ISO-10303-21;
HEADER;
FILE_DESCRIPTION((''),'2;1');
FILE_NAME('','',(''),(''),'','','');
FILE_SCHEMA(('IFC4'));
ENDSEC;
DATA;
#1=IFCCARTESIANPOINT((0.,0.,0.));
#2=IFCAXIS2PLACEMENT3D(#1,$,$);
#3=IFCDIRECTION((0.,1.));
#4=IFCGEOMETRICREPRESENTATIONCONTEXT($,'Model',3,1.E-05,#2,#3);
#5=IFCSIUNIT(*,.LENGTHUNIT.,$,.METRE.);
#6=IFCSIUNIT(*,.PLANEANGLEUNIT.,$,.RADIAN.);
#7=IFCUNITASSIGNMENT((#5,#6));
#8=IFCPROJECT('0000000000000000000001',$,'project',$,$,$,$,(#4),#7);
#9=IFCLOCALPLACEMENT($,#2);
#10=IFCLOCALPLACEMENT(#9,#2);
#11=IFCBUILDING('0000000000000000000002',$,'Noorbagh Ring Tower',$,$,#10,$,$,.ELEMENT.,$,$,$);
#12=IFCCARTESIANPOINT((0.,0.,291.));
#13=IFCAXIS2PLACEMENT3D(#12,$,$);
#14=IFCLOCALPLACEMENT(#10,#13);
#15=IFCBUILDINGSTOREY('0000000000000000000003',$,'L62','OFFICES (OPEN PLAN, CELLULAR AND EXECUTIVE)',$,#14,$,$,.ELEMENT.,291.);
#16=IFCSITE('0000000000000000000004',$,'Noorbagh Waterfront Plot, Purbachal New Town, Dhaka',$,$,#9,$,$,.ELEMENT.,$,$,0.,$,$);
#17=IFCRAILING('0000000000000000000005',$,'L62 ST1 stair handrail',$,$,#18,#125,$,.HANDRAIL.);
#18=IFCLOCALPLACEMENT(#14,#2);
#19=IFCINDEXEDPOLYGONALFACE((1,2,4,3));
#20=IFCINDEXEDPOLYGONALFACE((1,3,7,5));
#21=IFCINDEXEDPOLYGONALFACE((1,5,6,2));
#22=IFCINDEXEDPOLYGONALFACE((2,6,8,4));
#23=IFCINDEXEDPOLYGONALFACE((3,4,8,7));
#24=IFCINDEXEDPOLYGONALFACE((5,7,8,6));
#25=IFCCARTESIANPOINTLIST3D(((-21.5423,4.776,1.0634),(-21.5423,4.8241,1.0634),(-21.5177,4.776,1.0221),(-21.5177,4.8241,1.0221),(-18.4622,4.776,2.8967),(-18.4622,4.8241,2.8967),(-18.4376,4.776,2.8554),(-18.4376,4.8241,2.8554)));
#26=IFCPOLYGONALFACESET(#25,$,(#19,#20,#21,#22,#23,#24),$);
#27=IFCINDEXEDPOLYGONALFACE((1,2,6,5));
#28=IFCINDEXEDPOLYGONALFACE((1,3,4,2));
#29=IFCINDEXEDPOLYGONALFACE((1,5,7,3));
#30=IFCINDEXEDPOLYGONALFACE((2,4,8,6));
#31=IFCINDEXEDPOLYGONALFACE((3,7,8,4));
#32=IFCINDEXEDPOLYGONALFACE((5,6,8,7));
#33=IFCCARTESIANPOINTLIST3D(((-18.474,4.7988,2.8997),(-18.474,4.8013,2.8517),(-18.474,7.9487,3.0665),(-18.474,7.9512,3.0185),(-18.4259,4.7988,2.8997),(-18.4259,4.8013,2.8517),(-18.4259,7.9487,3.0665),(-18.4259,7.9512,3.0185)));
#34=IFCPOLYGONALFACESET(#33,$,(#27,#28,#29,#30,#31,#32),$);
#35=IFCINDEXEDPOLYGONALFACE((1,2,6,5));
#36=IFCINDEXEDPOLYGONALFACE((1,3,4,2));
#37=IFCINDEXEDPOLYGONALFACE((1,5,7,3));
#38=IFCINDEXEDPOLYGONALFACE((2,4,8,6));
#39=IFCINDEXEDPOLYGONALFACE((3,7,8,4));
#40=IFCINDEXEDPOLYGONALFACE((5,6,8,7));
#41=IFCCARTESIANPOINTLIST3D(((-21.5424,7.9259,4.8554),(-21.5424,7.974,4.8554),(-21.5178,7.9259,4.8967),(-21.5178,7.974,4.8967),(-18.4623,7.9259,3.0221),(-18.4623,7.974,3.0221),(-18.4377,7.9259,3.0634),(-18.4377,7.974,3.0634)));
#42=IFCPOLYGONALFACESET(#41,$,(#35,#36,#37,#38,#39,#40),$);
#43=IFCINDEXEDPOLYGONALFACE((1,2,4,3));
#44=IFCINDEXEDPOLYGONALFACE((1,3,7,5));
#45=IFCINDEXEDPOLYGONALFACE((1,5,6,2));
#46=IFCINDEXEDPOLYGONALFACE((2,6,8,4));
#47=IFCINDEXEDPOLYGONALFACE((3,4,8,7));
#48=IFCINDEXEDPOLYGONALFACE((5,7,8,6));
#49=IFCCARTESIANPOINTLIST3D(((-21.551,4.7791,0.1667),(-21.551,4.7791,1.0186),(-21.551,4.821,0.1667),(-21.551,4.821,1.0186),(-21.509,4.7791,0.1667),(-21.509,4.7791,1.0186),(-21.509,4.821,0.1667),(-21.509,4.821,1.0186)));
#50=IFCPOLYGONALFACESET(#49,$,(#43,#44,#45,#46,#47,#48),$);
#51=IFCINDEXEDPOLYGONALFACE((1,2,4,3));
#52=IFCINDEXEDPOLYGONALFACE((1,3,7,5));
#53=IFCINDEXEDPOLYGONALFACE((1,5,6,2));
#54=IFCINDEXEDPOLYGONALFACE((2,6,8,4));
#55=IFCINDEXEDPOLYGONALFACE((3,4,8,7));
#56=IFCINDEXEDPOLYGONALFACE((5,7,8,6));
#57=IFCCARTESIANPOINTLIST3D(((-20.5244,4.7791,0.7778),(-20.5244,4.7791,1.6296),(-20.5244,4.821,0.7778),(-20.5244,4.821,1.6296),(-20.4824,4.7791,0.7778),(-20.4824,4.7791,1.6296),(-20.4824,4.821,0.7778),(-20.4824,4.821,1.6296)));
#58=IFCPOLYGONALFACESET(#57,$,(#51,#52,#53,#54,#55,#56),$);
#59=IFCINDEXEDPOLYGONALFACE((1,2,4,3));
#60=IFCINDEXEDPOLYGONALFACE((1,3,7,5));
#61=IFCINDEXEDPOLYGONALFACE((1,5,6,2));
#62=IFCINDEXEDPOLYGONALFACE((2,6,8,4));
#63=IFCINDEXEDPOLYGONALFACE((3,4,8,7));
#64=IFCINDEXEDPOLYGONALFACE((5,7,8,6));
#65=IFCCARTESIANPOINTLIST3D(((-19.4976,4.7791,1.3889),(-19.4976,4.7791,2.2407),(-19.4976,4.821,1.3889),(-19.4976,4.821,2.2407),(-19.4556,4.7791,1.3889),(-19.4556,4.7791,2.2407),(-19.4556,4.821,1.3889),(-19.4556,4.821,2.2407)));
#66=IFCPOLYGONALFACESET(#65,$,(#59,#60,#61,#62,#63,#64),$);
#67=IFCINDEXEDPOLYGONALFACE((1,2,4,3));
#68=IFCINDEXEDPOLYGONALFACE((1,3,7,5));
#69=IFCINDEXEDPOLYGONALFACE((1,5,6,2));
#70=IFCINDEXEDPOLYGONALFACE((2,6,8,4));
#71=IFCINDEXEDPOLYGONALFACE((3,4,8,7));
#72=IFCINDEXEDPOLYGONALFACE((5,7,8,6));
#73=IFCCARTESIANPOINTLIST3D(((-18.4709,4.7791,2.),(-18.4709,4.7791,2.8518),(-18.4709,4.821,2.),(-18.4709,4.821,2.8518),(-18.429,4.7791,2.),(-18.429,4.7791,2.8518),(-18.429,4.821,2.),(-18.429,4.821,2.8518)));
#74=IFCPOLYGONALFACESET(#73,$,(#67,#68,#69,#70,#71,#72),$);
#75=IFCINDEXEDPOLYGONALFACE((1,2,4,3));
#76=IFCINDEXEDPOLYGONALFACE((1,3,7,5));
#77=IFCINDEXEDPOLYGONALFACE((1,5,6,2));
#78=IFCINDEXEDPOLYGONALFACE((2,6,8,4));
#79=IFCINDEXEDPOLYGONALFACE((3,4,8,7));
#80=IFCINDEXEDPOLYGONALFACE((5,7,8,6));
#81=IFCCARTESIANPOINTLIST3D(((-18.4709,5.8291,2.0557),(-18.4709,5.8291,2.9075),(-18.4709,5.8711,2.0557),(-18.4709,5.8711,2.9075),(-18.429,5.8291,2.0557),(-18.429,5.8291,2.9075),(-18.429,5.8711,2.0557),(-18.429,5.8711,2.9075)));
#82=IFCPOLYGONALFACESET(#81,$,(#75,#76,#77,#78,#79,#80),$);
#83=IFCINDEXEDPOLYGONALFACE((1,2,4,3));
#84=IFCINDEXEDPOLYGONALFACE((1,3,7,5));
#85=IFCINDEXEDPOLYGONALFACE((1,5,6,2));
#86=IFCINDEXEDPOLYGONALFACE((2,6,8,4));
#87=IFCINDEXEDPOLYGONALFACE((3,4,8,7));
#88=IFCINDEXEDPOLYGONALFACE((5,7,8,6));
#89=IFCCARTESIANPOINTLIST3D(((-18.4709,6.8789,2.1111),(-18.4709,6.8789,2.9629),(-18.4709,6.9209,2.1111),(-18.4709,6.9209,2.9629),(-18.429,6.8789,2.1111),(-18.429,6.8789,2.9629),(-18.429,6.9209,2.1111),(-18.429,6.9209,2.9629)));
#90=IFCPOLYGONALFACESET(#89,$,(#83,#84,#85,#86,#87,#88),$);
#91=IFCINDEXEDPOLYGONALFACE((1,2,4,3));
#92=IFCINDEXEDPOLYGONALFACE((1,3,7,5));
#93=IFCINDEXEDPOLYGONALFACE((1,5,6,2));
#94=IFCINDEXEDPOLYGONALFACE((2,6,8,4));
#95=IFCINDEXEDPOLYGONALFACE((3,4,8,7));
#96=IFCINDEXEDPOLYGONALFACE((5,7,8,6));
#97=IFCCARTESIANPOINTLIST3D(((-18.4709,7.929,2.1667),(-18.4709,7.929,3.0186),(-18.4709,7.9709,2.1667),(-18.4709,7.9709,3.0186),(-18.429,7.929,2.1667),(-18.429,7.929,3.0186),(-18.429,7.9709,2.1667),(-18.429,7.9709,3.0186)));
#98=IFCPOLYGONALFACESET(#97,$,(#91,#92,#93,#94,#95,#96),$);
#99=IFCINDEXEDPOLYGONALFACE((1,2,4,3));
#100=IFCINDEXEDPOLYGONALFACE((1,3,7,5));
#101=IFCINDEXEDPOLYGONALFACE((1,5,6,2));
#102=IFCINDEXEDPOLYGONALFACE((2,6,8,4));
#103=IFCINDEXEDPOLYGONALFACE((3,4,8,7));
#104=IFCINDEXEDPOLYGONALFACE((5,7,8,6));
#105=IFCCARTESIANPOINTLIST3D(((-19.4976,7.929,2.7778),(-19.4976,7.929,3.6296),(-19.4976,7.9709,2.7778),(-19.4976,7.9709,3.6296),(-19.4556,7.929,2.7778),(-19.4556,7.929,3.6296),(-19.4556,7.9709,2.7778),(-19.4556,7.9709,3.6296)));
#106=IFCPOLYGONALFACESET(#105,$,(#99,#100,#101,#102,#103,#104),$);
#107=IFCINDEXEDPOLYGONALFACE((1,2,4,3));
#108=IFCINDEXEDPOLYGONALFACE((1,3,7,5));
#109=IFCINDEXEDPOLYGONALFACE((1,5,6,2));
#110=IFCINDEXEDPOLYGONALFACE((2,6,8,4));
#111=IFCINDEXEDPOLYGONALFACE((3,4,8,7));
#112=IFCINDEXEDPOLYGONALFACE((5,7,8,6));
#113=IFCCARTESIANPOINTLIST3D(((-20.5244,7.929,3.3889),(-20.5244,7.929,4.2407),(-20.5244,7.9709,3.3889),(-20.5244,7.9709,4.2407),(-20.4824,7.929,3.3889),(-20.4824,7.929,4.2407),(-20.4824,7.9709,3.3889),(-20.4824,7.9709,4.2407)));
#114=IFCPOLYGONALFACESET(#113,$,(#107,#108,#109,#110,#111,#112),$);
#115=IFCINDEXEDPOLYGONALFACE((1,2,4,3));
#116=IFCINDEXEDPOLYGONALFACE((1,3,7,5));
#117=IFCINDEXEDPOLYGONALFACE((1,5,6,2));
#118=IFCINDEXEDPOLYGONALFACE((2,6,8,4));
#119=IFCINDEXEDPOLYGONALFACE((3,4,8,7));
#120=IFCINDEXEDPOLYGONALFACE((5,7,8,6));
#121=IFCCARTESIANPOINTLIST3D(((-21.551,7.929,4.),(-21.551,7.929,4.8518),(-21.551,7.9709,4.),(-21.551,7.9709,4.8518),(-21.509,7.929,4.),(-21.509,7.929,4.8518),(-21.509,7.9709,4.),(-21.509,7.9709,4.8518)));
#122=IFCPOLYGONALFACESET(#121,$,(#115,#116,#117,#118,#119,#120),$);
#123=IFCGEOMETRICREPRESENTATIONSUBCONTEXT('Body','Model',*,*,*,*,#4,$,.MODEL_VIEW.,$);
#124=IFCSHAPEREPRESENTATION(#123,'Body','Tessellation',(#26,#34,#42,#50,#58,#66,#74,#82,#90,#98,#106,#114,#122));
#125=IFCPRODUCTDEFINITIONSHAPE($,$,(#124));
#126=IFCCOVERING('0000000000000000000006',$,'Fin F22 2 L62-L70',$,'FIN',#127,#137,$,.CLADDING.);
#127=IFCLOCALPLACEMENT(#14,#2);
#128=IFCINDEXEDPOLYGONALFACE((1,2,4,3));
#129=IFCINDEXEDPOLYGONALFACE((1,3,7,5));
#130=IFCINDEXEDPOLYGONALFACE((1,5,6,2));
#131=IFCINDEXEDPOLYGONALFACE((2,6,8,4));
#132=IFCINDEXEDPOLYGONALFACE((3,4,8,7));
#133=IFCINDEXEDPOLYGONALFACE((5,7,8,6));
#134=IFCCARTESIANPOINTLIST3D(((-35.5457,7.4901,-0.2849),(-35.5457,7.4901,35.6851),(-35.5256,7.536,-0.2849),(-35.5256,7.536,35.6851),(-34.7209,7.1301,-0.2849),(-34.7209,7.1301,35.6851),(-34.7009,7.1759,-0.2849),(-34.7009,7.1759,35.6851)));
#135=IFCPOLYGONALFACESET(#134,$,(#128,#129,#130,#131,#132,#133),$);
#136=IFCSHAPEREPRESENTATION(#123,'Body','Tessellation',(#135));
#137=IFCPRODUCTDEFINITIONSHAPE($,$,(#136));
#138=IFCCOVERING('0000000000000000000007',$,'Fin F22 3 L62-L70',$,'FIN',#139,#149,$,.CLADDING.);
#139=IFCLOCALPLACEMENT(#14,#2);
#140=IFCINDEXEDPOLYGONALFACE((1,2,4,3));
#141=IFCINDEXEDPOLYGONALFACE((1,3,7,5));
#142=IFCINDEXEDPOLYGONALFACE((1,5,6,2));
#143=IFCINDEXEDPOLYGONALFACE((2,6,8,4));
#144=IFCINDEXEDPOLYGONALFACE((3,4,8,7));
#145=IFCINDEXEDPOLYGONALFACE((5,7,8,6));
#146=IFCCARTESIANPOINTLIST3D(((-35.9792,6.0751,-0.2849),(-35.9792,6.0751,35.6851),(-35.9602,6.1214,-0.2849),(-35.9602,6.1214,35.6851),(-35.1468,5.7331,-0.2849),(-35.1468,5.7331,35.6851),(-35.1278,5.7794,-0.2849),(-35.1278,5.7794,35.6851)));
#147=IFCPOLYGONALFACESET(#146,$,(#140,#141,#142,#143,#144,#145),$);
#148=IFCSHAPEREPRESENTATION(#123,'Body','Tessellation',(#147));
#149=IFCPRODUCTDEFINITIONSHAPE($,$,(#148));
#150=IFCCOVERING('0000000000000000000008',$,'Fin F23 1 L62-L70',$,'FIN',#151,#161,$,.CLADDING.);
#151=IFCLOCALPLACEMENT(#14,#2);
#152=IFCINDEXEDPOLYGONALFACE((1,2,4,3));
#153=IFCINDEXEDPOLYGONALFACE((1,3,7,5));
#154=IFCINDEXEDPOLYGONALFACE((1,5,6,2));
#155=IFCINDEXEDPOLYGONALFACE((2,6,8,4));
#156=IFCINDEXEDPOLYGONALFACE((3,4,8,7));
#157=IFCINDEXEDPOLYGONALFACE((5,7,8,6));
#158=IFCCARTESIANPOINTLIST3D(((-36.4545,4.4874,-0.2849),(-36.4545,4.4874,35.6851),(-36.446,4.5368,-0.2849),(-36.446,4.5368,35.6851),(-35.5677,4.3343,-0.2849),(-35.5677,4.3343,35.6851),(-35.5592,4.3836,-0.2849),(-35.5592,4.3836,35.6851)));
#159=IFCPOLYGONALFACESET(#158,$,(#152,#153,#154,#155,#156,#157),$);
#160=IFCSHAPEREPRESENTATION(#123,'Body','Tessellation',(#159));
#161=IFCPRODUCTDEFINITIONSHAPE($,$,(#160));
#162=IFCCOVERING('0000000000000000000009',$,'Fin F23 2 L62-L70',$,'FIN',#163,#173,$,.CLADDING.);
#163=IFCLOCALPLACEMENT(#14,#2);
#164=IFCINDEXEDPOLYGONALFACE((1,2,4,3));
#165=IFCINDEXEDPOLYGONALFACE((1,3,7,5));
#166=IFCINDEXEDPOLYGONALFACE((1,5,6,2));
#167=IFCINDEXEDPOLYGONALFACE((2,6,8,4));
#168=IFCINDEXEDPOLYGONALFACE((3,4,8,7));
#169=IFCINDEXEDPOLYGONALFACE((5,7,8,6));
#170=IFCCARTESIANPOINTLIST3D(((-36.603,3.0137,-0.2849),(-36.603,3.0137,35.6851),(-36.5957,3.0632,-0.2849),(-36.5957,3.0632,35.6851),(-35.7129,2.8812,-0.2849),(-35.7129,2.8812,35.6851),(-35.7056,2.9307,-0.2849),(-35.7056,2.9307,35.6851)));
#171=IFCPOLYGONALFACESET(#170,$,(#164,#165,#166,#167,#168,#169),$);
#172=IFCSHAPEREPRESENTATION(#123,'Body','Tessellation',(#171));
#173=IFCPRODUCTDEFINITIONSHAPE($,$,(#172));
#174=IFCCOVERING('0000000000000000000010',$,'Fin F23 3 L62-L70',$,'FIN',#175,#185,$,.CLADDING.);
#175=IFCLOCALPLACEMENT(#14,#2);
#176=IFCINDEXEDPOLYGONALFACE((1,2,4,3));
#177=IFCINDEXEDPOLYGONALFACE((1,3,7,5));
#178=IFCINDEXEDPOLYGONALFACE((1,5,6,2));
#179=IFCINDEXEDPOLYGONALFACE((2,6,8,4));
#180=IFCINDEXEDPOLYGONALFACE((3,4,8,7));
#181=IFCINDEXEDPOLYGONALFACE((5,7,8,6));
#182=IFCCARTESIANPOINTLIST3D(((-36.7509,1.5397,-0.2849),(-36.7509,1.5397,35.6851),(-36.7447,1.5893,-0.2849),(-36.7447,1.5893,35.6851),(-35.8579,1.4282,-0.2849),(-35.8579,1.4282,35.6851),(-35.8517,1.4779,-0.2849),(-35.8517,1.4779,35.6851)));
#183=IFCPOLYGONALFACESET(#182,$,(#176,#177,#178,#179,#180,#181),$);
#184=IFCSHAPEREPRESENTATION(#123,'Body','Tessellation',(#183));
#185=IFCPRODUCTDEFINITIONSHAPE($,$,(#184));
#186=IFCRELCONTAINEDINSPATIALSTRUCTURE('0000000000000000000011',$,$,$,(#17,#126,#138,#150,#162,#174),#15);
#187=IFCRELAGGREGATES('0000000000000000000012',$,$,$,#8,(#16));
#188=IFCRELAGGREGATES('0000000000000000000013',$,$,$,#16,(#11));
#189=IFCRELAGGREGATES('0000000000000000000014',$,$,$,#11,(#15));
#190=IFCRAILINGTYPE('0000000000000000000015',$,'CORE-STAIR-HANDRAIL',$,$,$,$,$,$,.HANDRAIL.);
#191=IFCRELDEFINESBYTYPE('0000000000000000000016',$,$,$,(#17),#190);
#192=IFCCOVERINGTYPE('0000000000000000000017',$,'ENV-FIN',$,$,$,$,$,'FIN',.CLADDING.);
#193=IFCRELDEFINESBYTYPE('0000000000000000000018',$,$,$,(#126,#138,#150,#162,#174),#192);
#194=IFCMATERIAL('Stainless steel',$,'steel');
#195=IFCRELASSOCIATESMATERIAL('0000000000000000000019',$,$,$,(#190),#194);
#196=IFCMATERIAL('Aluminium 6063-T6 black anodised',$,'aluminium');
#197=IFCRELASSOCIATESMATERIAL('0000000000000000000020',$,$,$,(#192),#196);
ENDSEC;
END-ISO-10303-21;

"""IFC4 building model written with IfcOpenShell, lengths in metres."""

from ifc_helpers import new_model, si_unit, direction, frame, origin, origin_2d, place, context, subcontext, project, spatial, rectangle, extrude, material, material_profile, profile_set, type_object, element, save


model = new_model("IFC4")

# Units and contexts
model_context = context("Model", 3, precision=1e-05, world=origin(), true_north=direction((0.0, 1.0)))
body_context = subcontext(model_context, "Body", "Model", "MODEL_VIEW")
ifc_project = project(units=[si_unit("LENGTHUNIT", "METRE"), si_unit("PLANEANGLEUNIT", "RADIAN")], contexts=[model_context])

# Site, building, storey
site_placement = place(None, origin())
site = spatial("IfcSite", under=ifc_project, at=site_placement, Name="Noorbagh Waterfront Plot, Purbachal New Town, Dhaka", CompositionType="ELEMENT", RefElevation=0.0)
building_placement = place(site_placement, origin())
building = spatial("IfcBuilding", under=site, at=building_placement, Name="Noorbagh Ring Tower", CompositionType="ELEMENT")
storey_placement = place(building_placement, frame((0.0, 0.0, 291.0)))
storey = spatial("IfcBuildingStorey", under=building, at=storey_placement, Name="L62", Description="OFFICES (OPEN PLAN, CELLULAR AND EXECUTIVE)", CompositionType="ELEMENT", Elevation=291.0)

# Railing
ifc_material_1 = material(Name="Stainless steel", Category="steel")
railing_type_1 = type_object("IfcRailingType", Name="CORE-STAIR-HANDRAIL", PredefinedType="HANDRAIL", material=ifc_material_1)
railing_1_placement = place(storey_placement, frame((-21.53, 4.8, 0.1667)))
element("IfcRailing", 1, at=railing_1_placement, inside=storey, type_object=railing_type_1, Name="L62 ST1 stair handrail", PredefinedType="HANDRAIL", context=body_context, shape_type="SweptSolid", body=[
    extrude(rectangle(XDim=0.0481, YDim=0.0481, at=origin_2d()), frame((0.0, 0.0, 0.876), z_axis=(0.859309, 0.0, 0.511458), x_axis=(0.0, 1.0, 0.0)), (0.0, 0.0, 1.0), 3.5845),
    extrude(rectangle(XDim=0.0481, YDim=0.0481, at=origin_2d()), frame((3.0801, 0.0, 2.709), z_axis=(0.0, 0.998602, 0.052864), x_axis=(-1.0, 0.0, 0.0)), (0.0, 0.0, 1.0), 3.1543),
    extrude(rectangle(XDim=0.0481, YDim=0.0481, at=origin_2d()), frame((3.0801, 3.1499, 2.876), z_axis=(-0.859309, 0.0, 0.511458), x_axis=(0.0, -1.0, 0.0)), (0.0, 0.0, 1.0), 3.5845),
    extrude(rectangle(XDim=0.042, YDim=0.042, at=origin_2d()), origin(), (0.0, 0.0, 1.0), 0.8518),
    extrude(rectangle(XDim=0.042, YDim=0.042, at=origin_2d()), frame((1.0266, 0.0, 0.6111)), (0.0, 0.0, 1.0), 0.8518),
    extrude(rectangle(XDim=0.042, YDim=0.042, at=origin_2d()), frame((2.0535, 0.0, 1.2222)), (0.0, 0.0, 1.0), 0.8518),
    extrude(rectangle(XDim=0.042, YDim=0.042, at=origin_2d()), frame((3.0801, 0.0, 1.8333)), (0.0, 0.0, 1.0), 0.8518),
    extrude(rectangle(XDim=0.042, YDim=0.042, at=origin_2d()), frame((3.0801, 1.05, 1.8889)), (0.0, 0.0, 1.0), 0.8518),
    extrude(rectangle(XDim=0.042, YDim=0.042, at=origin_2d()), frame((3.0801, 2.0999, 1.9443)), (0.0, 0.0, 1.0), 0.8518),
    extrude(rectangle(XDim=0.042, YDim=0.042, at=origin_2d()), frame((3.0801, 3.1499, 2.0)), (0.0, 0.0, 1.0), 0.8518),
    extrude(rectangle(XDim=0.042, YDim=0.042, at=origin_2d()), frame((2.0535, 3.1499, 2.6111)), (0.0, 0.0, 1.0), 0.8518),
    extrude(rectangle(XDim=0.042, YDim=0.042, at=origin_2d()), frame((1.0266, 3.1499, 3.2222)), (0.0, 0.0, 1.0), 0.8518),
    extrude(rectangle(XDim=0.042, YDim=0.042, at=origin_2d()), frame((0.0, 3.1499, 3.8333)), (0.0, 0.0, 1.0), 0.8518),
])

# Coverings
ifc_material_2 = material(Name="Aluminium 6063-T6 black anodised", Category="aluminium")
ifc_material_profile_1 = material_profile(ifc_material_2, rectangle(XDim=0.8999, YDim=0.05, at=origin_2d()), Name="900x50")
ifc_profile_set_1 = profile_set([ifc_material_profile_1], Name="Aluminium 6063-T6 black anodised")
covering_type = type_object("IfcCoveringType", Name="ENV-FIN", ElementType="FIN", PredefinedType="CLADDING", material=ifc_profile_set_1)
for number, where, z_axis, x_axis, name in (
    (2, (-35.1233, 7.333, -0.2849), (0.0, 0.0, 1.0), (-0.916475, 0.400092, 0.0), "Fin F22 2 L62-L70"),
    (3, (-35.5535, 5.9272, -0.2849), (0.0, 0.0, 1.0), (-0.925001, 0.379965, 0.0), "Fin F22 3 L62-L70"),
    (4, (-36.0068, 4.4355, -0.2849), (0.0, 0.0, 1.0), (-0.985419, 0.170147, 0.0), "Fin F23 1 L62-L70"),
    (5, (-36.1543, 2.9722, -0.2849), (0.0, 0.0, 1.0), (-0.989103, 0.147226, 0.0), "Fin F23 2 L62-L70"),
    (6, (-36.3013, 1.5088, -0.2849), (0.0, 0.0, 1.0), (-0.992303, 0.123835, 0.0), "Fin F23 3 L62-L70"),
):
    element("IfcCovering", number, at=place(storey_placement, frame(where, z_axis=z_axis, x_axis=x_axis)), inside=storey, type_object=covering_type, Name=name, ObjectType="FIN", PredefinedType="CLADDING", context=body_context, shape_type="SweptSolid", body=[
        extrude(rectangle(XDim=0.8999, YDim=0.05, at=origin_2d()), origin(), (0.0, 0.0, 1.0), 35.97),
    ])

save(model, "model.ifc")
